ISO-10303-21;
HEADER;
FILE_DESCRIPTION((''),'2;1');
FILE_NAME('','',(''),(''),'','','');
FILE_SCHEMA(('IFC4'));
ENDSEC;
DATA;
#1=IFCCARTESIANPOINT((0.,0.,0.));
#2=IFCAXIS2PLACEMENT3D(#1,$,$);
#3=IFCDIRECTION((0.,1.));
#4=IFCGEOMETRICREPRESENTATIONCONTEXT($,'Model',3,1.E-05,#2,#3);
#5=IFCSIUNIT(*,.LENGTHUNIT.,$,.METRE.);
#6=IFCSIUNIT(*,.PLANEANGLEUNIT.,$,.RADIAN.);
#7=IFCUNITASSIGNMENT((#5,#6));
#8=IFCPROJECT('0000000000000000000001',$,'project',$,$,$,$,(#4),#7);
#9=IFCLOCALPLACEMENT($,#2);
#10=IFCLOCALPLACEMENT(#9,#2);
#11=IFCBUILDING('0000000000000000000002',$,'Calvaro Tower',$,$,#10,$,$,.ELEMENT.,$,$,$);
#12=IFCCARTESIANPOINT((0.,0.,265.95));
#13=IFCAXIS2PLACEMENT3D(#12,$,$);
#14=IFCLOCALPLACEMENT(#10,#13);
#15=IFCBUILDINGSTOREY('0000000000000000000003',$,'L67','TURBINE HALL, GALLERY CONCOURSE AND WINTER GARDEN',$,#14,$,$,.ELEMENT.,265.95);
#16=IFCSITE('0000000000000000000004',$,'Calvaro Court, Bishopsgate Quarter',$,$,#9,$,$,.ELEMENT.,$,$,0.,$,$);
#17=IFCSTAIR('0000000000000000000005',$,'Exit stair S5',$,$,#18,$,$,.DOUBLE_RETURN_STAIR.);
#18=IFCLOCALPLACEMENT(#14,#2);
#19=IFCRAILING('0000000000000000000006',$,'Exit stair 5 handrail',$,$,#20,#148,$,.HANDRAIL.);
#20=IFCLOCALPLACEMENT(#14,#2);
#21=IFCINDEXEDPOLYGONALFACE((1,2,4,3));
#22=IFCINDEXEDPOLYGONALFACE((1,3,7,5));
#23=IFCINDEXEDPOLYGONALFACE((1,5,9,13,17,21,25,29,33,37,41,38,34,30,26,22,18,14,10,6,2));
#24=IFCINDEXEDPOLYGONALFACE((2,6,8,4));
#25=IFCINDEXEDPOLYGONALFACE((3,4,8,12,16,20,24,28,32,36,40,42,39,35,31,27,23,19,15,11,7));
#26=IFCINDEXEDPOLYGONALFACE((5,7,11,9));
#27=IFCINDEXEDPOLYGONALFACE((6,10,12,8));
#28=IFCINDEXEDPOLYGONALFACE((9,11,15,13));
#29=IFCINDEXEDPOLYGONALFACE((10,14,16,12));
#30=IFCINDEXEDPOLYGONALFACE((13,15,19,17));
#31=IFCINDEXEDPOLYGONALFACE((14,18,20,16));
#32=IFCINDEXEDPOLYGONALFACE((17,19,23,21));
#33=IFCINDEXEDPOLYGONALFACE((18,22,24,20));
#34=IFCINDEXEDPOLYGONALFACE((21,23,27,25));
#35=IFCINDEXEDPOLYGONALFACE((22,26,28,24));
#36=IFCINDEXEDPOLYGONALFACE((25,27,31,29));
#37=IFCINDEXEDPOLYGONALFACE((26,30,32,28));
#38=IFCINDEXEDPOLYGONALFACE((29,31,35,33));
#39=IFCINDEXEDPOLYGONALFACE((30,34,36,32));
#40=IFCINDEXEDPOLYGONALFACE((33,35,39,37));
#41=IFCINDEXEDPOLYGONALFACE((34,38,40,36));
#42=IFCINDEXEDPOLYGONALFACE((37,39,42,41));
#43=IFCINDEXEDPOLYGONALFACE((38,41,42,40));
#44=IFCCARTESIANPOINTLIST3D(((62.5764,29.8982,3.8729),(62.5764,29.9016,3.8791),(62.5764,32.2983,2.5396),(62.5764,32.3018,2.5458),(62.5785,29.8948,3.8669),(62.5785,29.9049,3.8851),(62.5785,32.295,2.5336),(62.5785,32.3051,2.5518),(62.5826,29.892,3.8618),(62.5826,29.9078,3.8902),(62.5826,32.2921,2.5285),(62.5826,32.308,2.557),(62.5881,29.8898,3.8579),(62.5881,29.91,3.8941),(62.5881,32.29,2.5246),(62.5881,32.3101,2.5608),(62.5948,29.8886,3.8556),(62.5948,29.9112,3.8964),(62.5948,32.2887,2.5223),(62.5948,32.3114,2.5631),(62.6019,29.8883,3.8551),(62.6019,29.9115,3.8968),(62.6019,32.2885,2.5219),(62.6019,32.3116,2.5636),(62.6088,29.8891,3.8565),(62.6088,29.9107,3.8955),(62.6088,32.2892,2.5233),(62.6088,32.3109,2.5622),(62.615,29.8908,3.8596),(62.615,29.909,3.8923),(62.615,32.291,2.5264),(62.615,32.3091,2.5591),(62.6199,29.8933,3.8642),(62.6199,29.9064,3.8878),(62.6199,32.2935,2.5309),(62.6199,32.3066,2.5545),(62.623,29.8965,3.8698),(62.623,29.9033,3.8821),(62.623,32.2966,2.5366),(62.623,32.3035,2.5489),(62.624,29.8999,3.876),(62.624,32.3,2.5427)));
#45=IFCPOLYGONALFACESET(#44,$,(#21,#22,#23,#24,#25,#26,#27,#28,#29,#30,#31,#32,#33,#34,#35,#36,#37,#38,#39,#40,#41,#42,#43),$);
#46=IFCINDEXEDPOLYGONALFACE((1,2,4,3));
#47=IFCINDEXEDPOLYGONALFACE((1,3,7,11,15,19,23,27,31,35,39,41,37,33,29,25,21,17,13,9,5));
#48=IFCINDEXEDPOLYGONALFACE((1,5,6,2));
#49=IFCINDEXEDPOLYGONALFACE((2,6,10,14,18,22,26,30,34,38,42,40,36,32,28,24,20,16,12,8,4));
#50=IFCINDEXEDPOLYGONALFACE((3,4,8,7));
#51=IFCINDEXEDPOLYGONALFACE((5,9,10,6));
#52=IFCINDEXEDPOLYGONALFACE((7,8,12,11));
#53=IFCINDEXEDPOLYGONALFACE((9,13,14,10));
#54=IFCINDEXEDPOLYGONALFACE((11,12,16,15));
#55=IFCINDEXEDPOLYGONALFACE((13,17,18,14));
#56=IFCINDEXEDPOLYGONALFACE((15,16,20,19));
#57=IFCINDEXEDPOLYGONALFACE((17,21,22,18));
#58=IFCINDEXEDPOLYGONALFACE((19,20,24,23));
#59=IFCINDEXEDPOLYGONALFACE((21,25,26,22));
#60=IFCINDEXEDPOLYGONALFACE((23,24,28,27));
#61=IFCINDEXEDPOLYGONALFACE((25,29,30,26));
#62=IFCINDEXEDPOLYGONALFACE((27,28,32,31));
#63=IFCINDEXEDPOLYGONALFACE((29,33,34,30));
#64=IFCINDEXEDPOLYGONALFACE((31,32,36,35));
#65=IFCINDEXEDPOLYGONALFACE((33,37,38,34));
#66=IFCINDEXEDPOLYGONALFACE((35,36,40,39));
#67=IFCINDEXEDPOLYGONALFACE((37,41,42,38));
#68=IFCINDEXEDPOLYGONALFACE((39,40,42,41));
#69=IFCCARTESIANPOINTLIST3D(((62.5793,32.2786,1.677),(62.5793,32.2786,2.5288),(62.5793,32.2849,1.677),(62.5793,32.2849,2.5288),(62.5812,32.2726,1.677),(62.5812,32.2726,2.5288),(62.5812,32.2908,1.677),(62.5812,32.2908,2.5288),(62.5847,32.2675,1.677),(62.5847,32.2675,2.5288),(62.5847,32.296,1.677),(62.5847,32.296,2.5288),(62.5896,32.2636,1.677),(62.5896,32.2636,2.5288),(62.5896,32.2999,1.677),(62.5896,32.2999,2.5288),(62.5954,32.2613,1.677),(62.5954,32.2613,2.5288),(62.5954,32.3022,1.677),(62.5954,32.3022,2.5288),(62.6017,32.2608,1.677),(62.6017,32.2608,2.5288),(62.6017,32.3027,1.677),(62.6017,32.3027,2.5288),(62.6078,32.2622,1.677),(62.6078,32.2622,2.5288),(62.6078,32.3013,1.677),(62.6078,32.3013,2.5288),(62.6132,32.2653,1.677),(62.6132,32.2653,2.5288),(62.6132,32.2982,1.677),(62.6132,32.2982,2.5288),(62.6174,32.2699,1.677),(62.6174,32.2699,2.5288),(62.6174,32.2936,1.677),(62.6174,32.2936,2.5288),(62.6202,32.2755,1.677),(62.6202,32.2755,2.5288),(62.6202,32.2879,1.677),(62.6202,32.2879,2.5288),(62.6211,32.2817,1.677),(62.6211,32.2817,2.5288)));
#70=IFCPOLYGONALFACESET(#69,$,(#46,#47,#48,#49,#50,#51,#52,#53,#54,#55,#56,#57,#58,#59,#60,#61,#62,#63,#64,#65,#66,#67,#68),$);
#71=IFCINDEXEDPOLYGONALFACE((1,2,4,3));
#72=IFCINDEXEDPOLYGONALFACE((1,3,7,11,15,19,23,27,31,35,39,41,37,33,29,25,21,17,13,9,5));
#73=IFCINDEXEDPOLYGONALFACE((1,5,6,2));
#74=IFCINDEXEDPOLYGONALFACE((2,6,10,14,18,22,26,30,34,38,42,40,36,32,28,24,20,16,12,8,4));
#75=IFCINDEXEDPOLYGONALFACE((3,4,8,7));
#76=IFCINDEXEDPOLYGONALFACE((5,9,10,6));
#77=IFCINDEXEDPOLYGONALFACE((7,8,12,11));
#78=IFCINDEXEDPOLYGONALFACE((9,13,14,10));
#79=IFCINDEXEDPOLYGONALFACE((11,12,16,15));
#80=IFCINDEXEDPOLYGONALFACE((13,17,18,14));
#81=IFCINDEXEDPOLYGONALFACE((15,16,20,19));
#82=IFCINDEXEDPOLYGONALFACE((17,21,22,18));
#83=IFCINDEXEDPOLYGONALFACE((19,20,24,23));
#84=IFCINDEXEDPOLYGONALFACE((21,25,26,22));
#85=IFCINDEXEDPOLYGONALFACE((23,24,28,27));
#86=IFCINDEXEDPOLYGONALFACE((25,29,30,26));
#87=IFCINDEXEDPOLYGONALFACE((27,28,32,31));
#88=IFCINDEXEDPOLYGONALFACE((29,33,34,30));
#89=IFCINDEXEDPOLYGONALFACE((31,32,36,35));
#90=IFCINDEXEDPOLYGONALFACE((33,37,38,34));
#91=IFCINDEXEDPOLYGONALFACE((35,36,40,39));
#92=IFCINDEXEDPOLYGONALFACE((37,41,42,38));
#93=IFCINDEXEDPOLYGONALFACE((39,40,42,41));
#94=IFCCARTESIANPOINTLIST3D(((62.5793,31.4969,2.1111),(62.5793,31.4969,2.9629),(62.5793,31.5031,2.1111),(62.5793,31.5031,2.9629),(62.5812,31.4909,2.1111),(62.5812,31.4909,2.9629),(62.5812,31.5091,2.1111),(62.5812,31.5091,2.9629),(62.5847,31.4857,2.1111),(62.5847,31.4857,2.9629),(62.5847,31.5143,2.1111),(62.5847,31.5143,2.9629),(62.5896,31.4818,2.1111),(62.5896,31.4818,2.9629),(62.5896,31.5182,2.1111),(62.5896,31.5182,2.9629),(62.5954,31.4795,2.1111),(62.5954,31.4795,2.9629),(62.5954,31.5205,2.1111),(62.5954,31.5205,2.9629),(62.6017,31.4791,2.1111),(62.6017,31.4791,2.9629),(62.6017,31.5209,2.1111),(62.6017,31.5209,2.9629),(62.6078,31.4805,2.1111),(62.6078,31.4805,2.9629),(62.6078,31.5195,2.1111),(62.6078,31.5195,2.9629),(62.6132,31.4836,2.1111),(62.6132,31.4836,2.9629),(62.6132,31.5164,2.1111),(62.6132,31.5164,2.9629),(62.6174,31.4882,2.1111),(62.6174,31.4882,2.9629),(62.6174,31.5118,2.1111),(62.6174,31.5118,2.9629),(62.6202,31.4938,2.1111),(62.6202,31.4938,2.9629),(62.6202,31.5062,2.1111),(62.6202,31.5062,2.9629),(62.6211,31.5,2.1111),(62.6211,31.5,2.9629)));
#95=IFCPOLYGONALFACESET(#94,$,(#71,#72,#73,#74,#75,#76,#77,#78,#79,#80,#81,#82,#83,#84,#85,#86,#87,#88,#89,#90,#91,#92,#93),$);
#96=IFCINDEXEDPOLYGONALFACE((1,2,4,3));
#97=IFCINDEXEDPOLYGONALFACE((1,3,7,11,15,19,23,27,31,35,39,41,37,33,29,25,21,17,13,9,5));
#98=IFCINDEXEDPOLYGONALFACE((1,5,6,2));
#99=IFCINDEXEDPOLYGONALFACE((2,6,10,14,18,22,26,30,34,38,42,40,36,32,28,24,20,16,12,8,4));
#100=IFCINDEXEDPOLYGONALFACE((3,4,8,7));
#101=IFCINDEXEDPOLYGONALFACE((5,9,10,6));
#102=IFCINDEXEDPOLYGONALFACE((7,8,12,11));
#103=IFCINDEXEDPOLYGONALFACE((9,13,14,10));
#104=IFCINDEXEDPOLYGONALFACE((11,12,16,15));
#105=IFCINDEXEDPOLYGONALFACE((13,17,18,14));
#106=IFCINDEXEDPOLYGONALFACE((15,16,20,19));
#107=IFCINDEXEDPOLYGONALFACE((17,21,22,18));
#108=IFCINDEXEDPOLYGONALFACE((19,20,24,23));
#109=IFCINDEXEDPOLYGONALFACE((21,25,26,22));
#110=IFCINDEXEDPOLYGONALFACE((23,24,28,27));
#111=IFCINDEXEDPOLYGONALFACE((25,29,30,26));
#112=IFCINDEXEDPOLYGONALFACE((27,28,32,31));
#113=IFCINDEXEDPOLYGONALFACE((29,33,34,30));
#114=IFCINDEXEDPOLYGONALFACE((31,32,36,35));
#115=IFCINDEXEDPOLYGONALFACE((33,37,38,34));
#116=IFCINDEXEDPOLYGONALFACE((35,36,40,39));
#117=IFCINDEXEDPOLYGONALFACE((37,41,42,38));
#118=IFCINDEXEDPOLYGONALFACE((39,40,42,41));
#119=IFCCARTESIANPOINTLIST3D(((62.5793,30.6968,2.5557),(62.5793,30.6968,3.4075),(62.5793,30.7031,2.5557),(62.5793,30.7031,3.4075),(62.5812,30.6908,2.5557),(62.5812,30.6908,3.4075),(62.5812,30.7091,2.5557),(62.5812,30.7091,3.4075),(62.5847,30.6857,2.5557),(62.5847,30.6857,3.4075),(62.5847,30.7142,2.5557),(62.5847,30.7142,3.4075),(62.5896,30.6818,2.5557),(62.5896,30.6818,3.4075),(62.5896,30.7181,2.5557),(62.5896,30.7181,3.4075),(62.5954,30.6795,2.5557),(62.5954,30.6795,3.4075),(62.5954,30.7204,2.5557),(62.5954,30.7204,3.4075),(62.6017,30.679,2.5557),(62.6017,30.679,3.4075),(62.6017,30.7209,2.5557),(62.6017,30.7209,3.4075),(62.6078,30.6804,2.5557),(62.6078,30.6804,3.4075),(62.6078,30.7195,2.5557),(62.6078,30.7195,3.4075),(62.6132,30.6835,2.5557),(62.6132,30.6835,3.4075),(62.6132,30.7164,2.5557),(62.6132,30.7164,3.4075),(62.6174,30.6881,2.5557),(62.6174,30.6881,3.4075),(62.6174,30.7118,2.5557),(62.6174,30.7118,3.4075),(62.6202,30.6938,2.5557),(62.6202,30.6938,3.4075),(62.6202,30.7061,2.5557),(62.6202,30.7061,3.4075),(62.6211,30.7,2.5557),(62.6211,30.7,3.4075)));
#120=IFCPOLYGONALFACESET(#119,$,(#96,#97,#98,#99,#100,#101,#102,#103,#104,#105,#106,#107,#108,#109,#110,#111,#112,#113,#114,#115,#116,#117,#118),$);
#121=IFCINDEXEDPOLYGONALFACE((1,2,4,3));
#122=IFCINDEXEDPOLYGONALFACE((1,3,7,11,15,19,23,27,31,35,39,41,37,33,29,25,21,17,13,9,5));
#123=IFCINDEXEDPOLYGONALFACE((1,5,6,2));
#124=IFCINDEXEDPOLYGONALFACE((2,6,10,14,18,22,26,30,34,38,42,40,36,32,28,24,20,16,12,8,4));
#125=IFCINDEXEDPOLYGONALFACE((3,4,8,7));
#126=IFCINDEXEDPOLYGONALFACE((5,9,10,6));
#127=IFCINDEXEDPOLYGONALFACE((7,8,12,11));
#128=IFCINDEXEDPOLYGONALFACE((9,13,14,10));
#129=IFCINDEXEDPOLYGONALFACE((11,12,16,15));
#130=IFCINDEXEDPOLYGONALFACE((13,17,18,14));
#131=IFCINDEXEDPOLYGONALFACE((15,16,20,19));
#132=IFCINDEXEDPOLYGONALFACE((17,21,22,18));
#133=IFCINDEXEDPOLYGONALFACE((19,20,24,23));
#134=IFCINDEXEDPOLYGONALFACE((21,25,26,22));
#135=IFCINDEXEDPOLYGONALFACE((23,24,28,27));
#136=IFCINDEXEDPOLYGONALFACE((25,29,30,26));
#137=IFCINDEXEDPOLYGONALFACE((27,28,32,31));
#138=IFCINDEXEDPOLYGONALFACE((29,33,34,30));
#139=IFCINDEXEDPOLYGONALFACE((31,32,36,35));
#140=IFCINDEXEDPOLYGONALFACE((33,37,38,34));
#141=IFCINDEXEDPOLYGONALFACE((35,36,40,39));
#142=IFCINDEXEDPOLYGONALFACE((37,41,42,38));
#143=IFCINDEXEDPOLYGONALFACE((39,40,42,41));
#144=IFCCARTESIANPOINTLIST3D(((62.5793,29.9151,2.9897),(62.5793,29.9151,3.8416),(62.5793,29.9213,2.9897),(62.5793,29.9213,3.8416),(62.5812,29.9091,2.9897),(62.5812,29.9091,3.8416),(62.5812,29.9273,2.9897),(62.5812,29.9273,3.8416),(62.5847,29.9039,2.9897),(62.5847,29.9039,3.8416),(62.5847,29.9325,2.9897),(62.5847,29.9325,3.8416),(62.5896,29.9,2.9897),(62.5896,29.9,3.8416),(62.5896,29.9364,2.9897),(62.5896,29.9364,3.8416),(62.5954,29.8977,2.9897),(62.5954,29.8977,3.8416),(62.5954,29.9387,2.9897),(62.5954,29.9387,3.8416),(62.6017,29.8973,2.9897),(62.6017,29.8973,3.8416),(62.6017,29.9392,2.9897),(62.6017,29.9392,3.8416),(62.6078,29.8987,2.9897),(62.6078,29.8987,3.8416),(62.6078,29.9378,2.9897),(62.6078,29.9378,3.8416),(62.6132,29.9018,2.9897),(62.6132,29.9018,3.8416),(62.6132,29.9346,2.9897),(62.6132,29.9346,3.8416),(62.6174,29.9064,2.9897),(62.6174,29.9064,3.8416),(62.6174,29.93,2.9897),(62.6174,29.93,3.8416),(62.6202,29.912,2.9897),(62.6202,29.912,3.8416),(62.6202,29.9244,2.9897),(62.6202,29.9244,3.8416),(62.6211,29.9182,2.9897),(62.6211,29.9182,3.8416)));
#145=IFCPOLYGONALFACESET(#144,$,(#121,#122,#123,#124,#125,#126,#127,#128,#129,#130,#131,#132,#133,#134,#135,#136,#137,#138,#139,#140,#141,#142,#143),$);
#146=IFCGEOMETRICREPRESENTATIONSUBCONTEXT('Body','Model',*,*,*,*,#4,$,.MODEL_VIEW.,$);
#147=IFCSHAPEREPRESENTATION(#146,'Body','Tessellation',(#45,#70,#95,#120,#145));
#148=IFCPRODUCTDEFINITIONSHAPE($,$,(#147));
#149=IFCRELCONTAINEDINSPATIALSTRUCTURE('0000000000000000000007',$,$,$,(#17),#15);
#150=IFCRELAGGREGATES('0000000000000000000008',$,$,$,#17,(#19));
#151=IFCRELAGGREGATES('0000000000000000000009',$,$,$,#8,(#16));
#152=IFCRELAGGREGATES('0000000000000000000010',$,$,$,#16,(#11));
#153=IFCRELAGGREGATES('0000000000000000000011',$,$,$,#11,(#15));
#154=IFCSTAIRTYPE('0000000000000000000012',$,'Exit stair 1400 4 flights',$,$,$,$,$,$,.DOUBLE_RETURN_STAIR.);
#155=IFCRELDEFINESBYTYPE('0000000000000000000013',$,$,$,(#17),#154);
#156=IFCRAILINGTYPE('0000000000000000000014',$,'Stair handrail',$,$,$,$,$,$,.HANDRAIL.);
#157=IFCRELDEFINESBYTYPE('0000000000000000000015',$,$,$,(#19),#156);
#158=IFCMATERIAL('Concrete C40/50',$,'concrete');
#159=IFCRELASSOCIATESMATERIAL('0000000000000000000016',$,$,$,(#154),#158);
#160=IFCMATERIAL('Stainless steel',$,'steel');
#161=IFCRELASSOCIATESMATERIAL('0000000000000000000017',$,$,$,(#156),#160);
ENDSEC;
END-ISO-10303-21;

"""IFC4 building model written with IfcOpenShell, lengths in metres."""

from ifc_helpers import new_model, si_unit, direction, frame, origin, origin_2d, place, context, subcontext, project, spatial, circle, extrude, material, type_object, element, aggregate, save


model = new_model("IFC4")

# Units and contexts
model_context = context("Model", 3, precision=1e-05, world=origin(), true_north=direction((0.0, 1.0)))
body_context = subcontext(model_context, "Body", "Model", "MODEL_VIEW")
ifc_project = project(units=[si_unit("LENGTHUNIT", "METRE"), si_unit("PLANEANGLEUNIT", "RADIAN")], contexts=[model_context])

# Site, building, storey
site_placement = place(None, origin())
site = spatial("IfcSite", under=ifc_project, at=site_placement, Name="Calvaro Court, Bishopsgate Quarter", CompositionType="ELEMENT", RefElevation=0.0)
building_placement = place(site_placement, origin())
building = spatial("IfcBuilding", under=site, at=building_placement, Name="Calvaro Tower", CompositionType="ELEMENT")
storey_placement = place(building_placement, frame((0.0, 0.0, 265.95)))
storey = spatial("IfcBuildingStorey", under=building, at=storey_placement, Name="L67", Description="TURBINE HALL, GALLERY CONCOURSE AND WINTER GARDEN", CompositionType="ELEMENT", Elevation=265.95)

# Stair
ifc_material_1 = material(Name="Concrete C40/50", Category="concrete")
stair_type = type_object("IfcStairType", Name="Exit stair 1400 4 flights", PredefinedType="DOUBLE_RETURN_STAIR", material=ifc_material_1)
stair_1_placement = place(storey_placement, origin())
stair_1 = element("IfcStair", 1, at=stair_1_placement, inside=storey, type_object=stair_type, Name="Exit stair S5", PredefinedType="DOUBLE_RETURN_STAIR")

# Railing
ifc_material_2 = material(Name="Stainless steel", Category="steel")
railing_type_1 = type_object("IfcRailingType", Name="Stair handrail", PredefinedType="HANDRAIL", material=ifc_material_2)
railing_1_placement = place(storey_placement, frame((62.6001, 32.3, 1.6667)))
railing_1 = element("IfcRailing", 2, at=railing_1_placement, type_object=railing_type_1, Name="Exit stair 5 handrail", PredefinedType="HANDRAIL", context=body_context, shape_type="SweptSolid", body=[
    extrude(circle(Radius=0.0239, at=origin_2d()), frame((0.0, 0.0, 0.876), z_axis=(0.0, -0.874182, 0.485598), x_axis=(1.0, 0.0, 0.0)), (0.0, 0.0, 1.0), 2.7456),
    extrude(circle(Radius=0.021, at=origin_2d()), frame((0.0, -0.0183, 0.0103)), (0.0, 0.0, 1.0), 0.8518),
    extrude(circle(Radius=0.021, at=origin_2d()), frame((0.0, -0.8, 0.4443)), (0.0, 0.0, 1.0), 0.8518),
    extrude(circle(Radius=0.021, at=origin_2d()), frame((0.0, -1.6001, 0.8889)), (0.0, 0.0, 1.0), 0.8518),
    extrude(circle(Radius=0.021, at=origin_2d()), frame((0.0, -2.3818, 1.323)), (0.0, 0.0, 1.0), 0.8518),
])
aggregate(stair_1, [railing_1])

save(model, "model.ifc")
